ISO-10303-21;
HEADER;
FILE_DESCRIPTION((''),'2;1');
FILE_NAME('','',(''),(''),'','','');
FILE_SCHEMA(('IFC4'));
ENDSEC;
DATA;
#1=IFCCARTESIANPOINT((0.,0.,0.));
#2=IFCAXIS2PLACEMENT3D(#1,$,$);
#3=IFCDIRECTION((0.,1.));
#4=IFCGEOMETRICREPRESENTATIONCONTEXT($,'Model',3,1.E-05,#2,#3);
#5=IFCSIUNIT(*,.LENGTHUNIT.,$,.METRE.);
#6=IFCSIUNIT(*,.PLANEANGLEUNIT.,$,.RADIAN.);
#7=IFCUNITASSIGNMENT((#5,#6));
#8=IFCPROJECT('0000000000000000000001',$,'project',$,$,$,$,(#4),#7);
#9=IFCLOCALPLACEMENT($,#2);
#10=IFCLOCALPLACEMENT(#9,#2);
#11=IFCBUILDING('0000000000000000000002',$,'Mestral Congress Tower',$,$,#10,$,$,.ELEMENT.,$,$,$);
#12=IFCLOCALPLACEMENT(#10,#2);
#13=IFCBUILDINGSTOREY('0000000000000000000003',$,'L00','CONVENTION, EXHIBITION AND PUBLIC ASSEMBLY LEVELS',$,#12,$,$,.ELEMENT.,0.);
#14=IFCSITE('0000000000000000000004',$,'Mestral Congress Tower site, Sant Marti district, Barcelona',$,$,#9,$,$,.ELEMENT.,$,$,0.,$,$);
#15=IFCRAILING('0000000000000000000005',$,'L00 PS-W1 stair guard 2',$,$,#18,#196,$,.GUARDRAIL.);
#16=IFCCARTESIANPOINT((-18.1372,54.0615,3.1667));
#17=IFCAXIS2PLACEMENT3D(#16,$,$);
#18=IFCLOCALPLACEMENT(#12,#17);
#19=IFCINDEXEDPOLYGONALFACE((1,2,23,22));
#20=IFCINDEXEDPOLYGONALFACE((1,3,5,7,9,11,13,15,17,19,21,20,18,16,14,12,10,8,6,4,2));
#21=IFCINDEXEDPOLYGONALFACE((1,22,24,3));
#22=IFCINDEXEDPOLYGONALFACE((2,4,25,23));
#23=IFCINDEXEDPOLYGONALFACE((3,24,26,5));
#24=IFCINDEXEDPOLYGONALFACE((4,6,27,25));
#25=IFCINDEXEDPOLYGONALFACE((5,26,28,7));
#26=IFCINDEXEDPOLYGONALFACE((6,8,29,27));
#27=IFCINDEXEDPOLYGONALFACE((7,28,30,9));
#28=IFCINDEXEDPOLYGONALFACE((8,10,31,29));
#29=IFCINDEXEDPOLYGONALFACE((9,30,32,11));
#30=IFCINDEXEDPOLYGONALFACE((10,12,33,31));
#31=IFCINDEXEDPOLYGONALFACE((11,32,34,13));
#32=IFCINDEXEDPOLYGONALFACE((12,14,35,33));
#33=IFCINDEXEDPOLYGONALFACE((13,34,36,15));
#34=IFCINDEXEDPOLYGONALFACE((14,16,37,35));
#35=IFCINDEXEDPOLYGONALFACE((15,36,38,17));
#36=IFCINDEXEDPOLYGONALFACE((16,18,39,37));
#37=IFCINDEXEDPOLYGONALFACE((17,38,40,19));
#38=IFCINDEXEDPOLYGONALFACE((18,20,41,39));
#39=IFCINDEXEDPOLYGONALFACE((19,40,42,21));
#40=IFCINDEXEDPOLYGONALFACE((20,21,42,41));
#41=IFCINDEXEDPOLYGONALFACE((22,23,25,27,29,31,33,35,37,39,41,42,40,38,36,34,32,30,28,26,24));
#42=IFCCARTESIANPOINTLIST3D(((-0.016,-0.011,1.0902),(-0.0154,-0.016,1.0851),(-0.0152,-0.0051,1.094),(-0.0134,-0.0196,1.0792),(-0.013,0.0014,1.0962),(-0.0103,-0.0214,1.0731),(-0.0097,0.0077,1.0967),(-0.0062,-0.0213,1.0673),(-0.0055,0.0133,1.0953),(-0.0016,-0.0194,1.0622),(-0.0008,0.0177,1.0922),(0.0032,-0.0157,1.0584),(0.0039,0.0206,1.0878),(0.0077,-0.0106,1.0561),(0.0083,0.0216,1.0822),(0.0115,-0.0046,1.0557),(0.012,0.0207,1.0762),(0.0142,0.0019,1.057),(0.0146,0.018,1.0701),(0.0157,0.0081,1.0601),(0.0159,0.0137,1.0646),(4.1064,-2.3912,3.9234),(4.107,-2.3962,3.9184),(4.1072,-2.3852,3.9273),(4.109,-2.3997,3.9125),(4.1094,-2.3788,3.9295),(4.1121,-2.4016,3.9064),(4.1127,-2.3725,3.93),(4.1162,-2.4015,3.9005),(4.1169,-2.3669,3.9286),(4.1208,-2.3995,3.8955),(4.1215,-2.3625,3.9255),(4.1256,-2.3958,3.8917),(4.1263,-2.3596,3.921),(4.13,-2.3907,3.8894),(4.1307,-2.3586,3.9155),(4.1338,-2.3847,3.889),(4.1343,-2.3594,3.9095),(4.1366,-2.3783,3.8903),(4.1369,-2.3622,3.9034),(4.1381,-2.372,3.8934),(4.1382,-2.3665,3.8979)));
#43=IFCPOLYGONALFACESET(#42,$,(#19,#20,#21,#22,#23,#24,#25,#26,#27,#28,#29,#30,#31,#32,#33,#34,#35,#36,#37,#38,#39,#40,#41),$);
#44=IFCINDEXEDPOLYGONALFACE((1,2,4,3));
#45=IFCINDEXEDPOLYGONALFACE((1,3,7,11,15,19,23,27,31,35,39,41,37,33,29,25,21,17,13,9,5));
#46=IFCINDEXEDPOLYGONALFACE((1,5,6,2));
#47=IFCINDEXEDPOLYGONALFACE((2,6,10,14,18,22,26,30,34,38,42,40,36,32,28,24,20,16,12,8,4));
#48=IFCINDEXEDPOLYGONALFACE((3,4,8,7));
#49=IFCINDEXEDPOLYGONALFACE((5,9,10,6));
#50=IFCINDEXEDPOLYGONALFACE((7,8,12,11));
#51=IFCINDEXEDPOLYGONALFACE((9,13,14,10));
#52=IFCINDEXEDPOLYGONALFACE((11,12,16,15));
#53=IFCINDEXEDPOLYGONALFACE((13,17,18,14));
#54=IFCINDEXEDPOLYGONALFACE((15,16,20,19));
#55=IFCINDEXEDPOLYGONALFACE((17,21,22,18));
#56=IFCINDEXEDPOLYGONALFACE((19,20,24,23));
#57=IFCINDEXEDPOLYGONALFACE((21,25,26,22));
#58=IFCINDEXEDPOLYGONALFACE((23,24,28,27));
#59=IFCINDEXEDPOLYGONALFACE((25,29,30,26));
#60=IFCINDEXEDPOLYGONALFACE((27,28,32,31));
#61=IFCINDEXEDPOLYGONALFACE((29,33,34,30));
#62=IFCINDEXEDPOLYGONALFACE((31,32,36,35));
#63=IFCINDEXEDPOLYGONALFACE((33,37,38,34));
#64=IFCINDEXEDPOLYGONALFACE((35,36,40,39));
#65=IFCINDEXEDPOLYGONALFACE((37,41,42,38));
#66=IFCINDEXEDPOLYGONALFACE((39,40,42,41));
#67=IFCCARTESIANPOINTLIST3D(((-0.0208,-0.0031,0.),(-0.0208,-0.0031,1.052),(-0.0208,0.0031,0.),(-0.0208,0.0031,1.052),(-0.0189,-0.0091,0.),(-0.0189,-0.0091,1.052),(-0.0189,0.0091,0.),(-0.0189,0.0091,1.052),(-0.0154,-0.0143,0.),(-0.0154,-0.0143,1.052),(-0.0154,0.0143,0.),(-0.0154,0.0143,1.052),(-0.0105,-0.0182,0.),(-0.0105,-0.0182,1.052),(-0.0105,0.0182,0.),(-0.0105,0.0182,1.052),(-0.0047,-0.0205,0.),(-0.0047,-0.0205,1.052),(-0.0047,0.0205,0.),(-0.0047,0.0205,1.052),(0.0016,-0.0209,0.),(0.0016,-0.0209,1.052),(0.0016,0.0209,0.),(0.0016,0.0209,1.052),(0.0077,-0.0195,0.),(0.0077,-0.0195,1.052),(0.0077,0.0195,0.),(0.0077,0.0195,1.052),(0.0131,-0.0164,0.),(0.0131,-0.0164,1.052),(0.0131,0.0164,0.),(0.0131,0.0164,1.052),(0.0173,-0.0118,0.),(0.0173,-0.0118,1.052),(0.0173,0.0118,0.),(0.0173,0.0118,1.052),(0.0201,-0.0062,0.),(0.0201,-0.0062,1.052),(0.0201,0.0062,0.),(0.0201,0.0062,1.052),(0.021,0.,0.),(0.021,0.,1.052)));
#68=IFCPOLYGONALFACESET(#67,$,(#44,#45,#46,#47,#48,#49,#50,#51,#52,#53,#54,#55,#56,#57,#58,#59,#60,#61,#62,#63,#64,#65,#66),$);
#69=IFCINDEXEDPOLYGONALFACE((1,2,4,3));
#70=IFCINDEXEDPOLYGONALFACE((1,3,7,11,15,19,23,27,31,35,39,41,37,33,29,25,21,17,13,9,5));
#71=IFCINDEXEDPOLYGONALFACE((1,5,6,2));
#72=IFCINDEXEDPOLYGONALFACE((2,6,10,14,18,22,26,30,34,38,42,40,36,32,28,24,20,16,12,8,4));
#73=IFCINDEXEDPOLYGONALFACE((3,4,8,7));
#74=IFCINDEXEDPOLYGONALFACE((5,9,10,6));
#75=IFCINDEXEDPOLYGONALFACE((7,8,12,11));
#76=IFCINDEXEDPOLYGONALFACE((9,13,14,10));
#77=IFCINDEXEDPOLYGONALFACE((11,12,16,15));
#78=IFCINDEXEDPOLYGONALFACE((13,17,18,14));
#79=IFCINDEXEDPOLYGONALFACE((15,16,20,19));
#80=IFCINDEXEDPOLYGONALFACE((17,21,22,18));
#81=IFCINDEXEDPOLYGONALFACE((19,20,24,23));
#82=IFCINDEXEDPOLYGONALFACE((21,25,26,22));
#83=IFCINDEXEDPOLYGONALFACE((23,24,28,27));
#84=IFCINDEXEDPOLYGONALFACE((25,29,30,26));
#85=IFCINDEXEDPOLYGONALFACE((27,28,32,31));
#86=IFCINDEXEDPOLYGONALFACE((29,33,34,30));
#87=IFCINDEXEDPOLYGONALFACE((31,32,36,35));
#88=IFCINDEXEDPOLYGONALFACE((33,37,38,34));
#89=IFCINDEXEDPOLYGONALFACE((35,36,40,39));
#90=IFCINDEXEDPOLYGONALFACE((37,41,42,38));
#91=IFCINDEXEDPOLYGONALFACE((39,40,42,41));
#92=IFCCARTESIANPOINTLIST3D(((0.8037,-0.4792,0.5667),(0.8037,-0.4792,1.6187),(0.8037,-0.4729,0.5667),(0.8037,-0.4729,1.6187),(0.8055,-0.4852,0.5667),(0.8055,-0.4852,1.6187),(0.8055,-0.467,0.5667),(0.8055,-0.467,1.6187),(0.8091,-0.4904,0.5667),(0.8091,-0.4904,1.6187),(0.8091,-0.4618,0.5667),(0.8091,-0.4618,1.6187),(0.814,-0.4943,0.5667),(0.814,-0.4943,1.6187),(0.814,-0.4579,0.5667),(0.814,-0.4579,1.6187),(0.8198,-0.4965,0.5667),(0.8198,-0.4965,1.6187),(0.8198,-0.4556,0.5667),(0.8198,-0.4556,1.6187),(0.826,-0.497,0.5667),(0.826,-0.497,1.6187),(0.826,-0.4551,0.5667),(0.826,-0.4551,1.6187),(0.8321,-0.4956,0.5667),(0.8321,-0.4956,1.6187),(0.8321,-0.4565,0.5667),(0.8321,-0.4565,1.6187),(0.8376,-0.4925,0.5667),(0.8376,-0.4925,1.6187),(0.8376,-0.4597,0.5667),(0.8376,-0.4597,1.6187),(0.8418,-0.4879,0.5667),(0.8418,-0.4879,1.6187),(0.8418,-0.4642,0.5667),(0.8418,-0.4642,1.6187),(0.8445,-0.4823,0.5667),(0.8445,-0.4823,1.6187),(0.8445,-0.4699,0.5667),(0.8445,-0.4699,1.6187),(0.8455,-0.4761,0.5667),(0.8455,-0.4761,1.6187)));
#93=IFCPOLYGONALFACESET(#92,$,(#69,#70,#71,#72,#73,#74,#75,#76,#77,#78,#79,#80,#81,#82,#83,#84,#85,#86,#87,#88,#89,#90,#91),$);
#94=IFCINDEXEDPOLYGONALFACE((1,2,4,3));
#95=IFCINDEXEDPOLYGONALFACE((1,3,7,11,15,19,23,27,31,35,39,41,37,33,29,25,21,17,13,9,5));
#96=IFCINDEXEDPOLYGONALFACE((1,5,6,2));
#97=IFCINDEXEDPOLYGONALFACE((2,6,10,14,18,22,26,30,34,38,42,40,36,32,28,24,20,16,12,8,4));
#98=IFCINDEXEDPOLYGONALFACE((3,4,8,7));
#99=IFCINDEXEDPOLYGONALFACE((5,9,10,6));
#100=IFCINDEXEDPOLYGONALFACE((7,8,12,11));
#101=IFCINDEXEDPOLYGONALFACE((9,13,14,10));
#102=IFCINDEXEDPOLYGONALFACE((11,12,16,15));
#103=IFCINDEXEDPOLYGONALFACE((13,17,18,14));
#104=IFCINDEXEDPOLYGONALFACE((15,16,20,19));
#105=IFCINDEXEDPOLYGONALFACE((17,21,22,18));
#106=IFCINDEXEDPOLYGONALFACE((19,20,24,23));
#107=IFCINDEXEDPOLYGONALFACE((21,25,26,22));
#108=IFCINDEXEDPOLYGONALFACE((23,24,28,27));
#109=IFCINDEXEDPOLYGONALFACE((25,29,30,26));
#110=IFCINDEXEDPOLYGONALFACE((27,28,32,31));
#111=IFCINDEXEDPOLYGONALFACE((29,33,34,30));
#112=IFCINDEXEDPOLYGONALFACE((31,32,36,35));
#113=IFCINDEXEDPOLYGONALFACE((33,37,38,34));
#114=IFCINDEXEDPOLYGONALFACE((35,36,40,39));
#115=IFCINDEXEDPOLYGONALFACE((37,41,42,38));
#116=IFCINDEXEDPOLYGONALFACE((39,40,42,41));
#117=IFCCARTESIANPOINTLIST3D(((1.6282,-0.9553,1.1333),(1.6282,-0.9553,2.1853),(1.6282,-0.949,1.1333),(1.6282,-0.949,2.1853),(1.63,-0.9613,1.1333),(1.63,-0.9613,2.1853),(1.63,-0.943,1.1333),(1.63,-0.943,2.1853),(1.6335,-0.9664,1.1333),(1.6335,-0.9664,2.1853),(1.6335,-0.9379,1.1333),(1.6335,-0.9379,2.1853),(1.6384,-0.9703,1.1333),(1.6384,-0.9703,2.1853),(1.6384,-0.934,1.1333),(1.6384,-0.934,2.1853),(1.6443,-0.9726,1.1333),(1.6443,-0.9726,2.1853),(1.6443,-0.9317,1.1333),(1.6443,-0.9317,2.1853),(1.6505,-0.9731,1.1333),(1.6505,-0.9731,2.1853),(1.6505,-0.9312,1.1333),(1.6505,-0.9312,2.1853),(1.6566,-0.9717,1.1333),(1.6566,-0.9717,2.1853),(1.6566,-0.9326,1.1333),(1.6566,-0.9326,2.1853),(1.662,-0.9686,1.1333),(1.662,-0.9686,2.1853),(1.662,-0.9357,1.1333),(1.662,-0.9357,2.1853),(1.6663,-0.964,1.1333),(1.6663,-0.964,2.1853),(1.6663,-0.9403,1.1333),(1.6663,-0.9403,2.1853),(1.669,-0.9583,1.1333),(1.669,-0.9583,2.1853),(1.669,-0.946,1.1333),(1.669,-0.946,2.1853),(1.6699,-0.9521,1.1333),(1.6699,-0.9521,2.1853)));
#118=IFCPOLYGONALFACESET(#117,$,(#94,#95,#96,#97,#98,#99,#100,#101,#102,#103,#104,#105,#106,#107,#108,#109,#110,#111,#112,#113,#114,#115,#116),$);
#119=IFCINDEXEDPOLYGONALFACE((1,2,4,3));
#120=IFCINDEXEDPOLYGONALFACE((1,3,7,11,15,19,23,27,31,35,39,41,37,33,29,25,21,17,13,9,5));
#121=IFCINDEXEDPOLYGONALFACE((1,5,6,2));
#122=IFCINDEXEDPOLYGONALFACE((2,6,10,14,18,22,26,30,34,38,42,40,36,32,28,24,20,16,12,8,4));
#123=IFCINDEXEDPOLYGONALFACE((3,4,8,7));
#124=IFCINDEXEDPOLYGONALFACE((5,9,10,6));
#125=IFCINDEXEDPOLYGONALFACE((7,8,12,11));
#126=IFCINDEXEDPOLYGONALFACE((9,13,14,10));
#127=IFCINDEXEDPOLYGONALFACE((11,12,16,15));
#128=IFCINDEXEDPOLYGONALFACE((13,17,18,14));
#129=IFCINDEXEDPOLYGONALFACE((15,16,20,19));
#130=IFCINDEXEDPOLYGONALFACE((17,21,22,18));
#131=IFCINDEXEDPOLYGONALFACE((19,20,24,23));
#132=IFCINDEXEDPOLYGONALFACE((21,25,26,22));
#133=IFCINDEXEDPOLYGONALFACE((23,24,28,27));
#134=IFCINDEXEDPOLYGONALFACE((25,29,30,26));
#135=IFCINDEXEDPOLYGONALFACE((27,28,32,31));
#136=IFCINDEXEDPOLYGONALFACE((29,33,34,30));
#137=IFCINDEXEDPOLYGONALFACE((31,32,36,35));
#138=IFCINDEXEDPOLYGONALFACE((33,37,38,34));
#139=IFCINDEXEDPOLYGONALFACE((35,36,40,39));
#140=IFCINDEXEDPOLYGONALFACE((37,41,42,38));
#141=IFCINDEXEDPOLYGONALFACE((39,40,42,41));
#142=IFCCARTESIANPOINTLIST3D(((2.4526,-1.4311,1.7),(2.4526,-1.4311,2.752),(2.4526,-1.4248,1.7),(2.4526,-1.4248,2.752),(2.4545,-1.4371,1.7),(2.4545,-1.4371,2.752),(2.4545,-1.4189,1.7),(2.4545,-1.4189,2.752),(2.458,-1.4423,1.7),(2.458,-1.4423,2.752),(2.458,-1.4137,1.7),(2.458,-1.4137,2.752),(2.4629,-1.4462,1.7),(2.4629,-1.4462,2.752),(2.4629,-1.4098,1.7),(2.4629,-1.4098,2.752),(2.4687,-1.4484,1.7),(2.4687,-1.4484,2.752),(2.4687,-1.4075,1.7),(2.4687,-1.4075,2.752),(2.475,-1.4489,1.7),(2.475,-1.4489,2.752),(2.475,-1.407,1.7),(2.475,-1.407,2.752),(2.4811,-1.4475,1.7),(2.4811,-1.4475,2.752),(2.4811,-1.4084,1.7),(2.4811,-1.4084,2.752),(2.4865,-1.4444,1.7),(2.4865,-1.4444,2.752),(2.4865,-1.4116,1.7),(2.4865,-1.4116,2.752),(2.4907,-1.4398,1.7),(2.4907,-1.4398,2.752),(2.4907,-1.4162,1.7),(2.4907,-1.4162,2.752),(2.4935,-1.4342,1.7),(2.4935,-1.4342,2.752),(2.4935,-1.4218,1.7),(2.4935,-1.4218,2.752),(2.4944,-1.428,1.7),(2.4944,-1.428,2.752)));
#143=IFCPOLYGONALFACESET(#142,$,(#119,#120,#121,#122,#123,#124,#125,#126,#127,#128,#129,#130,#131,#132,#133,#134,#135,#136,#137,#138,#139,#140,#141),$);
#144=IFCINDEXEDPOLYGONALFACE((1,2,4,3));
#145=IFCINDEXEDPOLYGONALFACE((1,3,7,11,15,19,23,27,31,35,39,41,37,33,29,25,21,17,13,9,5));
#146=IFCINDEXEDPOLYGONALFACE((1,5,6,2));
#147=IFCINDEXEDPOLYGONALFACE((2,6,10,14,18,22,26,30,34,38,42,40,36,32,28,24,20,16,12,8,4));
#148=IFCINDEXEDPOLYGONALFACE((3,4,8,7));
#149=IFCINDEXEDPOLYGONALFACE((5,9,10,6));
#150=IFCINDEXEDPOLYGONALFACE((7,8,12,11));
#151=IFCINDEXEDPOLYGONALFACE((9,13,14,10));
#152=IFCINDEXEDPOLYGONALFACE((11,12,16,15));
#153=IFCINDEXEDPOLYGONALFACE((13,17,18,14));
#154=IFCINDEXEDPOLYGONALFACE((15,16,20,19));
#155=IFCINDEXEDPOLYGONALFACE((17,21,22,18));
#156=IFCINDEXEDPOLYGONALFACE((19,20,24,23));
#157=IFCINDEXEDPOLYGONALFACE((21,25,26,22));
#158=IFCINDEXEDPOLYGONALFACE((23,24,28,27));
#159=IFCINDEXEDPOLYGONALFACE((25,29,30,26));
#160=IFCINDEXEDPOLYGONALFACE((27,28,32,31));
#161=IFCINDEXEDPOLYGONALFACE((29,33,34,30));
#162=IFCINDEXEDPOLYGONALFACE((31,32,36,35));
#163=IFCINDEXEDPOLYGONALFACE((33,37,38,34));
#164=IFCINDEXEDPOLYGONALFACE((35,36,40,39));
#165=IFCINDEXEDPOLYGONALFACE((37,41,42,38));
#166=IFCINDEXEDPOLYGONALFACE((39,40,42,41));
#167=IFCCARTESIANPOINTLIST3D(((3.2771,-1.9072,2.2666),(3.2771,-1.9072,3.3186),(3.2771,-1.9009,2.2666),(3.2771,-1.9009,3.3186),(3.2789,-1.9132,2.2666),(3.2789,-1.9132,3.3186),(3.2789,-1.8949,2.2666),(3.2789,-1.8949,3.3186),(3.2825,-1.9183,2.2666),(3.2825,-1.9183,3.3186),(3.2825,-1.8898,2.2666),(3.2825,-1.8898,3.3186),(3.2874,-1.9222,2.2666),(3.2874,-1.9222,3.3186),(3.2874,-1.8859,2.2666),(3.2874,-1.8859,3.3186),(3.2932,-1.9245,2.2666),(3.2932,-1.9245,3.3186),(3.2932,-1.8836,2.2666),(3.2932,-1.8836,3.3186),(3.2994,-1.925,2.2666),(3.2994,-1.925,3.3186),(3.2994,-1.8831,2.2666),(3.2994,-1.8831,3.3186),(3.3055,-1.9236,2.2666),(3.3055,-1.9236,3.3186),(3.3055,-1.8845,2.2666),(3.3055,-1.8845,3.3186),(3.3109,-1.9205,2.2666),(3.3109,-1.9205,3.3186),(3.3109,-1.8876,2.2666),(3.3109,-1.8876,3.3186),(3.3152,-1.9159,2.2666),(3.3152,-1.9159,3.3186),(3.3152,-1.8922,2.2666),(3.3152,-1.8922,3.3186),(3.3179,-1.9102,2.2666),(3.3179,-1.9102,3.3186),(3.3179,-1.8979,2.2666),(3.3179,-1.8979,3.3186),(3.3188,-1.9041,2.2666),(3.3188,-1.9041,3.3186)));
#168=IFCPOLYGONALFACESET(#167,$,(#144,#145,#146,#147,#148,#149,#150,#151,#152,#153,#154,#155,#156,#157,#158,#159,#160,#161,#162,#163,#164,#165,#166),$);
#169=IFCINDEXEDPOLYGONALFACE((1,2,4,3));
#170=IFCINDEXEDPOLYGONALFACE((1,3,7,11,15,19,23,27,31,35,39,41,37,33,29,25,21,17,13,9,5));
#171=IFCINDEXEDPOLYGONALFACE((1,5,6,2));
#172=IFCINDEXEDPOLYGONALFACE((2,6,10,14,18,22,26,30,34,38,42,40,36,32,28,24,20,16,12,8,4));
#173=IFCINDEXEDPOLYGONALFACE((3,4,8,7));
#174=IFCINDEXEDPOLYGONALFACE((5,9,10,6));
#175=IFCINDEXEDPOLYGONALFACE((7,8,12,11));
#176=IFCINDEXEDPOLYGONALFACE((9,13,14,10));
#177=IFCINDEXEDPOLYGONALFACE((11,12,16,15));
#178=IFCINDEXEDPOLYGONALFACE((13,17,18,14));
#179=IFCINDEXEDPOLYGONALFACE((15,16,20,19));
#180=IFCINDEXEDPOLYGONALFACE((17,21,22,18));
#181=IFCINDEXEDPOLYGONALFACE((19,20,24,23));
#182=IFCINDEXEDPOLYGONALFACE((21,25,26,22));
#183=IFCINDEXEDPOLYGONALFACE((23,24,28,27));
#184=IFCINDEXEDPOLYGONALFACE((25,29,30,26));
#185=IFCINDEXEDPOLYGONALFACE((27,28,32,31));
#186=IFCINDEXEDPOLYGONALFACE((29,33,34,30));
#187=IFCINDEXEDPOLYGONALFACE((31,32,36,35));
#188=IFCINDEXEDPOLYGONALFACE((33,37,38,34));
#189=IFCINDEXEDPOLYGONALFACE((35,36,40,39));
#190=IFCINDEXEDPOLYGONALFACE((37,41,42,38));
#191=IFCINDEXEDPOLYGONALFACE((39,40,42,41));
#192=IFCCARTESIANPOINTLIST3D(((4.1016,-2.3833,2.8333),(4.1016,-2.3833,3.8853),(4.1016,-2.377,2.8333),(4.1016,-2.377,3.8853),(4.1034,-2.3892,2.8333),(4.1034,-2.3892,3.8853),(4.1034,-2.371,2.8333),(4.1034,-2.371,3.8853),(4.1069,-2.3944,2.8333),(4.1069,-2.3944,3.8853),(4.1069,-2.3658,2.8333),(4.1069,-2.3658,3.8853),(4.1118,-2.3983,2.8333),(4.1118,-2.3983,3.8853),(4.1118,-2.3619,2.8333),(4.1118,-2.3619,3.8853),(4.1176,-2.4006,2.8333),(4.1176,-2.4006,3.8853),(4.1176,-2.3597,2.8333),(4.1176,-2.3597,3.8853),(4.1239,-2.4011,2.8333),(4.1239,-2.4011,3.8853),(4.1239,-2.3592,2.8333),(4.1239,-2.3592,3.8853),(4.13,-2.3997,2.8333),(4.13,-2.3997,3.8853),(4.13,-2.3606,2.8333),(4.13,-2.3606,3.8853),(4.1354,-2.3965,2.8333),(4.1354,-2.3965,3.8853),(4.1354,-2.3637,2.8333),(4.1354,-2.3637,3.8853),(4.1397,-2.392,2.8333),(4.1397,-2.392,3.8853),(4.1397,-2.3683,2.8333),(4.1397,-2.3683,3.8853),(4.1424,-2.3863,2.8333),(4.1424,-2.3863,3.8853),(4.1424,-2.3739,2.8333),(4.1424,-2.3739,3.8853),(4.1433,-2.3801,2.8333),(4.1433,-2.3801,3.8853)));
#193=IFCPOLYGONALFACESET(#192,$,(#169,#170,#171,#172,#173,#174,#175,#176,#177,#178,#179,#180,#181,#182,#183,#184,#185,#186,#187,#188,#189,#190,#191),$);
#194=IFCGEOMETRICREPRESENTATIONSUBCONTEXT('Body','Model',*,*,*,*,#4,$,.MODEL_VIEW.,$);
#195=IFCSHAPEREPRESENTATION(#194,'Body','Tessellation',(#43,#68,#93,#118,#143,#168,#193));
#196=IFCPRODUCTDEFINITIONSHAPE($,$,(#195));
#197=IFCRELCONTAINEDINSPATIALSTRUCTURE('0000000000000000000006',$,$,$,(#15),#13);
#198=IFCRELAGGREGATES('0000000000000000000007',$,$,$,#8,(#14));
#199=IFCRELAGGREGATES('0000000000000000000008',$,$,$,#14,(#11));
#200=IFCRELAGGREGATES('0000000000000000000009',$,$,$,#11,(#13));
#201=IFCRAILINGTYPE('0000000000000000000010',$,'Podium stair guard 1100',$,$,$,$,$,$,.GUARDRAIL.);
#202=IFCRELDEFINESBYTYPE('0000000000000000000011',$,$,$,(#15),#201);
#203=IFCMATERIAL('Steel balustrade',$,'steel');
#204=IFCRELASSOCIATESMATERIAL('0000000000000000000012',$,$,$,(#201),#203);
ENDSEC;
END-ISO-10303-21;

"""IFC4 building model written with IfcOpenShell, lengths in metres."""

from ifc_helpers import new_model, si_unit, direction, frame, origin, origin_2d, place, context, subcontext, project, spatial, circle, extrude, material, type_object, element, save


model = new_model("IFC4")

# Units and contexts
model_context = context("Model", 3, precision=1e-05, world=origin(), true_north=direction((0.0, 1.0)))
body_context = subcontext(model_context, "Body", "Model", "MODEL_VIEW")
ifc_project = project(units=[si_unit("LENGTHUNIT", "METRE"), si_unit("PLANEANGLEUNIT", "RADIAN")], contexts=[model_context])

# Site, building, storey
site_placement = place(None, origin())
site = spatial("IfcSite", under=ifc_project, at=site_placement, Name="Mestral Congress Tower site, Sant Marti district, Barcelona", CompositionType="ELEMENT", RefElevation=0.0)
building_placement = place(site_placement, origin())
building = spatial("IfcBuilding", under=site, at=building_placement, Name="Mestral Congress Tower", CompositionType="ELEMENT")
storey_placement = place(building_placement, origin())
storey = spatial("IfcBuildingStorey", under=building, at=storey_placement, Name="L00", Description="CONVENTION, EXHIBITION AND PUBLIC ASSEMBLY LEVELS", CompositionType="ELEMENT", Elevation=0.0)

# Railing
ifc_material_1 = material(Name="Steel balustrade", Category="steel")
railing_type_1 = type_object("IfcRailingType", Name="Podium stair guard 1100", PredefinedType="GUARDRAIL", material=ifc_material_1)
railing_1_placement = place(storey_placement, frame((-18.1372, 54.0615, 3.1667)))
element("IfcRailing", 1, at=railing_1_placement, inside=storey, type_object=railing_type_1, Name="L00 PS-W1 stair guard 2", PredefinedType="GUARDRAIL", context=body_context, shape_type="SweptSolid", body=[
    extrude(circle(Radius=0.0239, at=origin_2d()), frame((0.0, 0.0, 1.0762), z_axis=(0.74417, -0.429666, 0.511466), x_axis=(0.500017, 0.866016, 0.0)), (0.0, 0.0, 1.0), 5.5396),
    extrude(circle(Radius=0.021, at=origin_2d()), origin(), (0.0, 0.0, 1.0), 1.052),
    extrude(circle(Radius=0.021, at=origin_2d()), frame((0.8245, -0.4761, 0.5667)), (0.0, 0.0, 1.0), 1.052),
    extrude(circle(Radius=0.021, at=origin_2d()), frame((1.6489, -0.9521, 1.1333)), (0.0, 0.0, 1.0), 1.052),
    extrude(circle(Radius=0.021, at=origin_2d()), frame((2.4734, -1.428, 1.7)), (0.0, 0.0, 1.0), 1.052),
    extrude(circle(Radius=0.021, at=origin_2d()), frame((3.2979, -1.9041, 2.2666)), (0.0, 0.0, 1.0), 1.052),
    extrude(circle(Radius=0.021, at=origin_2d()), frame((4.1223, -2.3801, 2.8333)), (0.0, 0.0, 1.0), 1.052),
])

save(model, "model.ifc")
